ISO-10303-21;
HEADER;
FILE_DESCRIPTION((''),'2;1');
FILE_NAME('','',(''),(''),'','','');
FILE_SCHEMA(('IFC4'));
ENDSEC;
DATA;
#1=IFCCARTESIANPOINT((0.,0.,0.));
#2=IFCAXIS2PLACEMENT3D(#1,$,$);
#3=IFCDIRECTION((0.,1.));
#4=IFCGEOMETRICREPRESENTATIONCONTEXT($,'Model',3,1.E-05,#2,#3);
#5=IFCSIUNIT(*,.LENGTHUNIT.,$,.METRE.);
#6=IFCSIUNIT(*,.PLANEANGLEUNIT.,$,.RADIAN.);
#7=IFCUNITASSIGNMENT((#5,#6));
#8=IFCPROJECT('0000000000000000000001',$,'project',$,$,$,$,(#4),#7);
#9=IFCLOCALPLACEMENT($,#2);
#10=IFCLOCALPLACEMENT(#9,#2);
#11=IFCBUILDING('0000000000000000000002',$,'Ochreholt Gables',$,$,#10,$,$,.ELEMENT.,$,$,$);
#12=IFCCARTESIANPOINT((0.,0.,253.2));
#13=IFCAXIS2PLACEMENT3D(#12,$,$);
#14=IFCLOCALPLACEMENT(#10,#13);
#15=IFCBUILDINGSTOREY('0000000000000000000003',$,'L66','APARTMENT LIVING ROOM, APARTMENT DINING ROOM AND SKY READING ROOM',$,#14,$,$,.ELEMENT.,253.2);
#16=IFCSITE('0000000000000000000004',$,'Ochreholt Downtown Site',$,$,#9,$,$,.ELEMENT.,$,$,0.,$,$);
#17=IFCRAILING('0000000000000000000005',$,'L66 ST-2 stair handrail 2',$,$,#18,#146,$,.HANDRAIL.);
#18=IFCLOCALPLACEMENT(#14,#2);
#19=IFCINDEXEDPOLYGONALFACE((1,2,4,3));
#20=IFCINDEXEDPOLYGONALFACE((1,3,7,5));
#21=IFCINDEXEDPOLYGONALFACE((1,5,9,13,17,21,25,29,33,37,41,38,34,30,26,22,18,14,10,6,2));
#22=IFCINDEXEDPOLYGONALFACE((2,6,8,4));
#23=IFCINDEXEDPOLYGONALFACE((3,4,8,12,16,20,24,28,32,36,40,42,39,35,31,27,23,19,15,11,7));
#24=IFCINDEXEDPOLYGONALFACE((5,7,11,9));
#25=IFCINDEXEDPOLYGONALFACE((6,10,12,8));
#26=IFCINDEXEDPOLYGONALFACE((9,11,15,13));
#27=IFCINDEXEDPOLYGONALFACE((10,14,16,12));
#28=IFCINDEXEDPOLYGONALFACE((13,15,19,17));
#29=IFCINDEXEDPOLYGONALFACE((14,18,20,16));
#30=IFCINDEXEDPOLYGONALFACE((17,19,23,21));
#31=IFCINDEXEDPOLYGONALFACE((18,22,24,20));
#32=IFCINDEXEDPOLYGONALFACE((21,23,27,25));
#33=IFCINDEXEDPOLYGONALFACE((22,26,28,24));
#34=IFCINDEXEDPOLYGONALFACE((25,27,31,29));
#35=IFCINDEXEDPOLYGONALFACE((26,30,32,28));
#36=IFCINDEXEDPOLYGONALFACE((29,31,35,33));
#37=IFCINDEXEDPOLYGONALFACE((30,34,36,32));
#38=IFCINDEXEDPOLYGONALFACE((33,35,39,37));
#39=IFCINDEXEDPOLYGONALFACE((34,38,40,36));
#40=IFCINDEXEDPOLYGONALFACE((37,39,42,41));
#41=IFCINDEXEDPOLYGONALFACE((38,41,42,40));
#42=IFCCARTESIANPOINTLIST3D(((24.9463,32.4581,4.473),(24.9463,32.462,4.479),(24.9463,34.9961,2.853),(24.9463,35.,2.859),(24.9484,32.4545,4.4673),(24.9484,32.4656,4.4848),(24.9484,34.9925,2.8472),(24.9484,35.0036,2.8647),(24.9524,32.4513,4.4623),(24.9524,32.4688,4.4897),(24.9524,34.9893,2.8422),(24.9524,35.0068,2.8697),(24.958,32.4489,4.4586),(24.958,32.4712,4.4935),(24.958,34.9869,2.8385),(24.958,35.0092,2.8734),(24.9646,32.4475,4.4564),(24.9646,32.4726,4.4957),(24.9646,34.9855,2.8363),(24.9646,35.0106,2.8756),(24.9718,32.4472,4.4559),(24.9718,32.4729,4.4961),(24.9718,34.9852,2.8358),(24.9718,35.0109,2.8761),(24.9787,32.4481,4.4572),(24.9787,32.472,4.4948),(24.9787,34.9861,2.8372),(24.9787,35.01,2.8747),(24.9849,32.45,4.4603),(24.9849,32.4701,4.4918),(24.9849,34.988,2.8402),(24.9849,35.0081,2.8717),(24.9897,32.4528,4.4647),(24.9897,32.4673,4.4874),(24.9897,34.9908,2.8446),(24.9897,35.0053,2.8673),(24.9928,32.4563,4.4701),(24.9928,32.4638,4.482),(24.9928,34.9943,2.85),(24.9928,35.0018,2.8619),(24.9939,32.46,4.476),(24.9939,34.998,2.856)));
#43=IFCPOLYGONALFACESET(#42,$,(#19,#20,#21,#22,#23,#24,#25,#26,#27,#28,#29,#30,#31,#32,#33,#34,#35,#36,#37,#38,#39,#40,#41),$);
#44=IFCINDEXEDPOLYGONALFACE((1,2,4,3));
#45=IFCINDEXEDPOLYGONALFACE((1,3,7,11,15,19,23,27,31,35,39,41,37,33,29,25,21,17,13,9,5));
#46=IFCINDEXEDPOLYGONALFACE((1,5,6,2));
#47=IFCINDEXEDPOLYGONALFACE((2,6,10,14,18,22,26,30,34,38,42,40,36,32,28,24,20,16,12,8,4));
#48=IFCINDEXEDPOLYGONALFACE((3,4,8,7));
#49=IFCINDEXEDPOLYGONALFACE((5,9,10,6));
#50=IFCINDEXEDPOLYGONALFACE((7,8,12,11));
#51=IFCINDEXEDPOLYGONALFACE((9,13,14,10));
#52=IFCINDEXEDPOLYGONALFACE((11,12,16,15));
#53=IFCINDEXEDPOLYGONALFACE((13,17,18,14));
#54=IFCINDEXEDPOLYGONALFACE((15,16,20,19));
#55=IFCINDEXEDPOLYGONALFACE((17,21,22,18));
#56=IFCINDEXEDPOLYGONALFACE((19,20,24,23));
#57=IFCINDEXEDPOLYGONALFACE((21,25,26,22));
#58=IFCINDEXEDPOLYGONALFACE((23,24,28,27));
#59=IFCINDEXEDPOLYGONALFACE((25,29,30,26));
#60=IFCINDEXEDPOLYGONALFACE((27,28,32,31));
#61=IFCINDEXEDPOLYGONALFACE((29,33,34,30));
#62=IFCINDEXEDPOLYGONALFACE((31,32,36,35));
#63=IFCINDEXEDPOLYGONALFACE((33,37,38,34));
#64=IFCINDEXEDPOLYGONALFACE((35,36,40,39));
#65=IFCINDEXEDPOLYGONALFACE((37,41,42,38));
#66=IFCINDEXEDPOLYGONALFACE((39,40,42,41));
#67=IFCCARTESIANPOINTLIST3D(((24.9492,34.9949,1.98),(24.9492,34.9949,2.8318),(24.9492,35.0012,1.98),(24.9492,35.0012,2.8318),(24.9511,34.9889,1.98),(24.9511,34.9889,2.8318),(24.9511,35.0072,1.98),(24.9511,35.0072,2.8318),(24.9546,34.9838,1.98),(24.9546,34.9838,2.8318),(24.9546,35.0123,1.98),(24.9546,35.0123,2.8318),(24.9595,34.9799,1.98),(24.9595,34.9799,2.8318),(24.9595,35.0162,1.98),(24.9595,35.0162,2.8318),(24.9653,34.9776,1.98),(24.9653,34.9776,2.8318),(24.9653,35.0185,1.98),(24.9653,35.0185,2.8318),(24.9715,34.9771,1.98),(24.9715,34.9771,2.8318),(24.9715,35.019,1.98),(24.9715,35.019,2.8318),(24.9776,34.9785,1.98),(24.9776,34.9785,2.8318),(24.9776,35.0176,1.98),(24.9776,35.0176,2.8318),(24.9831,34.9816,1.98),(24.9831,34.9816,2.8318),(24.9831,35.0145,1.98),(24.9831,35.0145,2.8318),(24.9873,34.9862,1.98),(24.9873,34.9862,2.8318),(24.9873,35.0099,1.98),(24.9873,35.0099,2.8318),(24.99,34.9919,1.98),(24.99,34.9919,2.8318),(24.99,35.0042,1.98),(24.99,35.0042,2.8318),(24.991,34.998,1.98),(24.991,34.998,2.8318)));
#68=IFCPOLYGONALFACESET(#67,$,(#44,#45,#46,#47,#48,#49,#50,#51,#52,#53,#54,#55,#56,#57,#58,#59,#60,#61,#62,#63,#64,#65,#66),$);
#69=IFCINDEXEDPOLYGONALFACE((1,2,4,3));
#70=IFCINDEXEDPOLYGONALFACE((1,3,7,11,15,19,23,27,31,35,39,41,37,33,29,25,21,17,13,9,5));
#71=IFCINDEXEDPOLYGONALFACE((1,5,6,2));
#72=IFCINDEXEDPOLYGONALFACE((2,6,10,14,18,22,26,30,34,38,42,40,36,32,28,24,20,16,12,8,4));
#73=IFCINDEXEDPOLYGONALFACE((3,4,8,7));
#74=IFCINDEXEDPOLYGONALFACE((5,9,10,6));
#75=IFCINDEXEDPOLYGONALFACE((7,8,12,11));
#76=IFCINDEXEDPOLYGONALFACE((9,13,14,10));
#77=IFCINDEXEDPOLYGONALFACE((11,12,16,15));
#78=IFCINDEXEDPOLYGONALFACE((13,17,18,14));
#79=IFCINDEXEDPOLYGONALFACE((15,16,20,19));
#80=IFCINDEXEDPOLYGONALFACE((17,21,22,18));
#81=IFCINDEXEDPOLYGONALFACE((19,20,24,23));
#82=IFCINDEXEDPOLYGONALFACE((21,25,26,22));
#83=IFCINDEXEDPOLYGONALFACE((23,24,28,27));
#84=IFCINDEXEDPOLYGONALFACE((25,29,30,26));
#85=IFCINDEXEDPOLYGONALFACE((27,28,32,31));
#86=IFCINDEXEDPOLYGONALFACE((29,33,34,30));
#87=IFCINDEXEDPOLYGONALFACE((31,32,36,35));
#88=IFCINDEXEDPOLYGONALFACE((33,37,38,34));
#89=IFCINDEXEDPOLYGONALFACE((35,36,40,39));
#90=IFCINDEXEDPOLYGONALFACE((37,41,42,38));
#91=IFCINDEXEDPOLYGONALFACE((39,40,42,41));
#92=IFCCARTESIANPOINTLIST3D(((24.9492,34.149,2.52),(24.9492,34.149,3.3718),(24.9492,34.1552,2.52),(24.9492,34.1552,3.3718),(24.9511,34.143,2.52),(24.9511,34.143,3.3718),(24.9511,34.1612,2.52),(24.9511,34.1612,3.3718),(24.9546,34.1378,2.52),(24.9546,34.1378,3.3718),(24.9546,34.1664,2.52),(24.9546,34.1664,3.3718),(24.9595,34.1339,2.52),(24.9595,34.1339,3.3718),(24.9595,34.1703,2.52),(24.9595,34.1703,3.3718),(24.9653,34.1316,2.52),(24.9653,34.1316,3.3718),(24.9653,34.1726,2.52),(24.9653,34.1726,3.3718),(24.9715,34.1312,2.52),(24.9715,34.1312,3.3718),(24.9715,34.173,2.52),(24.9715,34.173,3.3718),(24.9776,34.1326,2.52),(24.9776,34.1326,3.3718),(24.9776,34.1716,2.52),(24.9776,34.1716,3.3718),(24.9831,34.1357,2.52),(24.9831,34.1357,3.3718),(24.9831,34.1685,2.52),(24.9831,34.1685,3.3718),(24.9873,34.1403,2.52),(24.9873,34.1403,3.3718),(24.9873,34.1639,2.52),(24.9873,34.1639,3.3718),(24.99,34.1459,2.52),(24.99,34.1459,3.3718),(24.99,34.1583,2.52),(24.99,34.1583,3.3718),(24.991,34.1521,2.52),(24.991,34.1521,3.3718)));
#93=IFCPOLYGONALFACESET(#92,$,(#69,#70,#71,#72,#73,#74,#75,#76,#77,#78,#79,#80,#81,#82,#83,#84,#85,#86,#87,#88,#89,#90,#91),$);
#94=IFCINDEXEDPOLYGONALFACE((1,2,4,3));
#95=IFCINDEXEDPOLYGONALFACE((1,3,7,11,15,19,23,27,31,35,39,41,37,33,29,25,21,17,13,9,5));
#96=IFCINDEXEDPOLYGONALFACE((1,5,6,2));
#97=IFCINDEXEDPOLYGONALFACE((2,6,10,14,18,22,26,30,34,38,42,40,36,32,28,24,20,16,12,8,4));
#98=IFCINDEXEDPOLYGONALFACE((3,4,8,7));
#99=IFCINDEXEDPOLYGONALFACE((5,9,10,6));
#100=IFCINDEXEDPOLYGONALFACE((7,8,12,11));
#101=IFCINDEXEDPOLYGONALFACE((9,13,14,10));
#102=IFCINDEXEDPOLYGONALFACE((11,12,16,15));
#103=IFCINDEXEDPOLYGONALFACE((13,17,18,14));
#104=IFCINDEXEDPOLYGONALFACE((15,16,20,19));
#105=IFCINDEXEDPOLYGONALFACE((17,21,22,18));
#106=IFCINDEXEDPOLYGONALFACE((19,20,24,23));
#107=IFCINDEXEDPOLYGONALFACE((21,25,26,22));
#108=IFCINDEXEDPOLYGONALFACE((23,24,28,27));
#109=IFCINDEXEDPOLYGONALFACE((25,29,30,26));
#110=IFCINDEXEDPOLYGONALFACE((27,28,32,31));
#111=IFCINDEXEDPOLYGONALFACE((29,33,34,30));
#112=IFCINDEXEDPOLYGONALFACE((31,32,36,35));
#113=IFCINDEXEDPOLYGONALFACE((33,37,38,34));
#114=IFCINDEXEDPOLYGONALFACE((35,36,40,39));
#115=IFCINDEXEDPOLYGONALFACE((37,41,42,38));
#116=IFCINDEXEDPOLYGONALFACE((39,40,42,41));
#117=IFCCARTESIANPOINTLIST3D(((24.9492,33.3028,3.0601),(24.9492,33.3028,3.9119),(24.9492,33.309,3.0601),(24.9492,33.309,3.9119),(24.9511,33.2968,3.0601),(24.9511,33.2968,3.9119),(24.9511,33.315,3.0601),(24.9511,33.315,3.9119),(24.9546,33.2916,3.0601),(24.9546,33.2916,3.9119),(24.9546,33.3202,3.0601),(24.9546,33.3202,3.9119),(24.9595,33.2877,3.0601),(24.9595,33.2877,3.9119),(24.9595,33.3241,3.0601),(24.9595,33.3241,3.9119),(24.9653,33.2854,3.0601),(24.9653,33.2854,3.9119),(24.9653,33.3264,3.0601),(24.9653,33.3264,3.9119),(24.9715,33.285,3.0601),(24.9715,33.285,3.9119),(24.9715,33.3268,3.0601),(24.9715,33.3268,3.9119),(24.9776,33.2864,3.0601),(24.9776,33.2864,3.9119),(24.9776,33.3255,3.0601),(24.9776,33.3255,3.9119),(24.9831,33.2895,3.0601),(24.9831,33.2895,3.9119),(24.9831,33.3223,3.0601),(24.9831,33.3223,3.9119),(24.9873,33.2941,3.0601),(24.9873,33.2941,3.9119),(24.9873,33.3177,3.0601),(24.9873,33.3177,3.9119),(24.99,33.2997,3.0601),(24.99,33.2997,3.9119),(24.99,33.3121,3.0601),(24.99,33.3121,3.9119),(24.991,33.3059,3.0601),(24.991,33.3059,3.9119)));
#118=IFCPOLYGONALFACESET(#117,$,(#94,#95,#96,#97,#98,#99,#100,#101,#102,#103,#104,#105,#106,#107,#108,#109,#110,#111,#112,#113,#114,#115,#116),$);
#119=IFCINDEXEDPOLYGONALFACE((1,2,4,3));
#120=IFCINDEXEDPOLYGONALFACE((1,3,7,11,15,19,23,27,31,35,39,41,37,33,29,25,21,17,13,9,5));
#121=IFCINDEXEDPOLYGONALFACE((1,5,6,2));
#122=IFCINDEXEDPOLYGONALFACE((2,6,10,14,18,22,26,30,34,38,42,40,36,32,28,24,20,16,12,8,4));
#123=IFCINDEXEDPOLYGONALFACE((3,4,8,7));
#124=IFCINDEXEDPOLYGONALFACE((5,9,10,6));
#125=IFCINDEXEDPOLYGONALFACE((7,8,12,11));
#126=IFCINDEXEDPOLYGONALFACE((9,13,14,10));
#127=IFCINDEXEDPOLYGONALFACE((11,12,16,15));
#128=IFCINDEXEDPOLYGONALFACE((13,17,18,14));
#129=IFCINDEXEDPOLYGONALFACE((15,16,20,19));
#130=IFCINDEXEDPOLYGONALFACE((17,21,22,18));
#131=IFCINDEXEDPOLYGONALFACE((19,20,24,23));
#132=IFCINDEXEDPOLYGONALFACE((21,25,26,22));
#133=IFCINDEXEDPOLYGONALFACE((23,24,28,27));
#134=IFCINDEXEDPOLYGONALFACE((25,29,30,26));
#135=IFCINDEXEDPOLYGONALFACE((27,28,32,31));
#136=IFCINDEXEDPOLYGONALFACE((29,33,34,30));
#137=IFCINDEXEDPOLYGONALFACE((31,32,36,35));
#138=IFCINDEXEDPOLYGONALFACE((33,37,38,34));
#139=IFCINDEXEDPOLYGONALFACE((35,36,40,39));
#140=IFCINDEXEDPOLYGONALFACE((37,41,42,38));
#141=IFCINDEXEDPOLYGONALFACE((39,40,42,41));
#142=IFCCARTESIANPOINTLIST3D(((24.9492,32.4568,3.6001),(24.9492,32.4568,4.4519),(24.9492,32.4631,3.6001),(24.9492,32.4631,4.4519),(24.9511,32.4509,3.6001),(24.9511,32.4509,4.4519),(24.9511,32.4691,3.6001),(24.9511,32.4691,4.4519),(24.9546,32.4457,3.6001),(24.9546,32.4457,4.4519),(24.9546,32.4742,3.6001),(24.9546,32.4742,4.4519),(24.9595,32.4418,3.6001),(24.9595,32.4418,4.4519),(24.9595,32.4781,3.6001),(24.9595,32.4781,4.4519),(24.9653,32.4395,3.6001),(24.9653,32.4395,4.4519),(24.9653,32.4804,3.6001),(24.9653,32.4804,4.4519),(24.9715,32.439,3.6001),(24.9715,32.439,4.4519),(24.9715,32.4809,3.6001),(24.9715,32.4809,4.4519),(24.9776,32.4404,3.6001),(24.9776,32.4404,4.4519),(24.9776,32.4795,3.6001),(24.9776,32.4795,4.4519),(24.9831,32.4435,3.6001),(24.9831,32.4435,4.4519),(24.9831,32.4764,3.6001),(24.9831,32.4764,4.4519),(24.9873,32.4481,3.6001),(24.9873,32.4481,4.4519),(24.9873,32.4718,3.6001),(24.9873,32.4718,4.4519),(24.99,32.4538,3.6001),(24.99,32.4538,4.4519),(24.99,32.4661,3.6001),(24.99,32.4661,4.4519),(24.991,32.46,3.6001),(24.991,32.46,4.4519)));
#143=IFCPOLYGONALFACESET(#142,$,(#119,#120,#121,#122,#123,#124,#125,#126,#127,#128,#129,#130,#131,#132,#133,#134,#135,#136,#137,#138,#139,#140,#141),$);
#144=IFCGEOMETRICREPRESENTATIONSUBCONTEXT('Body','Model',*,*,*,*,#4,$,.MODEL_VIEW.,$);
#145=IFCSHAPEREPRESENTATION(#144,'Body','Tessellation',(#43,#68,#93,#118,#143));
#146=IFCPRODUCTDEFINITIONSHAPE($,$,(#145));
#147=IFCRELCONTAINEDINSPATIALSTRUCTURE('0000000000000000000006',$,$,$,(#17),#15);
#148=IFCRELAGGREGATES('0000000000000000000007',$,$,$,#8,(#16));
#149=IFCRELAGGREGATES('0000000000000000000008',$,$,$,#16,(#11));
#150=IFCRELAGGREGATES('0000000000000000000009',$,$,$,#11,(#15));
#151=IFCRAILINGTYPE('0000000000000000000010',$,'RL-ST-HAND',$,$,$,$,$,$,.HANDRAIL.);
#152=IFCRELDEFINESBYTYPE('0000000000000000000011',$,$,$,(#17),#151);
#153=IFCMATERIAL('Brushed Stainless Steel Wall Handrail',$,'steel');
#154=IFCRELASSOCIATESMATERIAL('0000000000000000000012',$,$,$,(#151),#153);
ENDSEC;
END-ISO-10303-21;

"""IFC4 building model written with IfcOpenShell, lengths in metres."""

from ifc_helpers import new_model, si_unit, direction, frame, origin, origin_2d, place, context, subcontext, project, spatial, circle, extrude, material, type_object, element, save


model = new_model("IFC4")

# Units and contexts
model_context = context("Model", 3, precision=1e-05, world=origin(), true_north=direction((0.0, 1.0)))
body_context = subcontext(model_context, "Body", "Model", "MODEL_VIEW")
ifc_project = project(units=[si_unit("LENGTHUNIT", "METRE"), si_unit("PLANEANGLEUNIT", "RADIAN")], contexts=[model_context])

# Site, building, storey
site_placement = place(None, origin())
site = spatial("IfcSite", under=ifc_project, at=site_placement, Name="Ochreholt Downtown Site", CompositionType="ELEMENT", RefElevation=0.0)
building_placement = place(site_placement, origin())
building = spatial("IfcBuilding", under=site, at=building_placement, Name="Ochreholt Gables", CompositionType="ELEMENT")
storey_placement = place(building_placement, frame((0.0, 0.0, 253.2)))
storey = spatial("IfcBuildingStorey", under=building, at=storey_placement, Name="L66", Description="APARTMENT LIVING ROOM, APARTMENT DINING ROOM AND SKY READING ROOM", CompositionType="ELEMENT", Elevation=253.2)

# Railing
ifc_material_1 = material(Name="Brushed Stainless Steel Wall Handrail", Category="steel")
railing_type_1 = type_object("IfcRailingType", Name="RL-ST-HAND", PredefinedType="HANDRAIL", material=ifc_material_1)
railing_1_placement = place(storey_placement, frame((24.97, 34.998, 1.98)))
element("IfcRailing", 1, at=railing_1_placement, inside=storey, type_object=railing_type_1, Name="L66 ST-2 stair handrail 2", PredefinedType="HANDRAIL", context=body_context, shape_type="SweptSolid", body=[
    extrude(circle(Radius=0.0239, at=origin_2d()), frame((0.0, 0.0, 0.876), z_axis=(0.0, -0.842913, 0.53805), x_axis=(1.0, 0.0, 0.0)), (0.0, 0.0, 1.0), 3.011),
    extrude(circle(Radius=0.021, at=origin_2d()), origin(), (0.0, 0.0, 1.0), 0.8518),
    extrude(circle(Radius=0.021, at=origin_2d()), frame((0.0, -0.8459, 0.54)), (0.0, 0.0, 1.0), 0.8518),
    extrude(circle(Radius=0.021, at=origin_2d()), frame((0.0, -1.6921, 1.0801)), (0.0, 0.0, 1.0), 0.8518),
    extrude(circle(Radius=0.021, at=origin_2d()), frame((0.0, -2.5381, 1.6201)), (0.0, 0.0, 1.0), 0.8518),
])

save(model, "model.ifc")
